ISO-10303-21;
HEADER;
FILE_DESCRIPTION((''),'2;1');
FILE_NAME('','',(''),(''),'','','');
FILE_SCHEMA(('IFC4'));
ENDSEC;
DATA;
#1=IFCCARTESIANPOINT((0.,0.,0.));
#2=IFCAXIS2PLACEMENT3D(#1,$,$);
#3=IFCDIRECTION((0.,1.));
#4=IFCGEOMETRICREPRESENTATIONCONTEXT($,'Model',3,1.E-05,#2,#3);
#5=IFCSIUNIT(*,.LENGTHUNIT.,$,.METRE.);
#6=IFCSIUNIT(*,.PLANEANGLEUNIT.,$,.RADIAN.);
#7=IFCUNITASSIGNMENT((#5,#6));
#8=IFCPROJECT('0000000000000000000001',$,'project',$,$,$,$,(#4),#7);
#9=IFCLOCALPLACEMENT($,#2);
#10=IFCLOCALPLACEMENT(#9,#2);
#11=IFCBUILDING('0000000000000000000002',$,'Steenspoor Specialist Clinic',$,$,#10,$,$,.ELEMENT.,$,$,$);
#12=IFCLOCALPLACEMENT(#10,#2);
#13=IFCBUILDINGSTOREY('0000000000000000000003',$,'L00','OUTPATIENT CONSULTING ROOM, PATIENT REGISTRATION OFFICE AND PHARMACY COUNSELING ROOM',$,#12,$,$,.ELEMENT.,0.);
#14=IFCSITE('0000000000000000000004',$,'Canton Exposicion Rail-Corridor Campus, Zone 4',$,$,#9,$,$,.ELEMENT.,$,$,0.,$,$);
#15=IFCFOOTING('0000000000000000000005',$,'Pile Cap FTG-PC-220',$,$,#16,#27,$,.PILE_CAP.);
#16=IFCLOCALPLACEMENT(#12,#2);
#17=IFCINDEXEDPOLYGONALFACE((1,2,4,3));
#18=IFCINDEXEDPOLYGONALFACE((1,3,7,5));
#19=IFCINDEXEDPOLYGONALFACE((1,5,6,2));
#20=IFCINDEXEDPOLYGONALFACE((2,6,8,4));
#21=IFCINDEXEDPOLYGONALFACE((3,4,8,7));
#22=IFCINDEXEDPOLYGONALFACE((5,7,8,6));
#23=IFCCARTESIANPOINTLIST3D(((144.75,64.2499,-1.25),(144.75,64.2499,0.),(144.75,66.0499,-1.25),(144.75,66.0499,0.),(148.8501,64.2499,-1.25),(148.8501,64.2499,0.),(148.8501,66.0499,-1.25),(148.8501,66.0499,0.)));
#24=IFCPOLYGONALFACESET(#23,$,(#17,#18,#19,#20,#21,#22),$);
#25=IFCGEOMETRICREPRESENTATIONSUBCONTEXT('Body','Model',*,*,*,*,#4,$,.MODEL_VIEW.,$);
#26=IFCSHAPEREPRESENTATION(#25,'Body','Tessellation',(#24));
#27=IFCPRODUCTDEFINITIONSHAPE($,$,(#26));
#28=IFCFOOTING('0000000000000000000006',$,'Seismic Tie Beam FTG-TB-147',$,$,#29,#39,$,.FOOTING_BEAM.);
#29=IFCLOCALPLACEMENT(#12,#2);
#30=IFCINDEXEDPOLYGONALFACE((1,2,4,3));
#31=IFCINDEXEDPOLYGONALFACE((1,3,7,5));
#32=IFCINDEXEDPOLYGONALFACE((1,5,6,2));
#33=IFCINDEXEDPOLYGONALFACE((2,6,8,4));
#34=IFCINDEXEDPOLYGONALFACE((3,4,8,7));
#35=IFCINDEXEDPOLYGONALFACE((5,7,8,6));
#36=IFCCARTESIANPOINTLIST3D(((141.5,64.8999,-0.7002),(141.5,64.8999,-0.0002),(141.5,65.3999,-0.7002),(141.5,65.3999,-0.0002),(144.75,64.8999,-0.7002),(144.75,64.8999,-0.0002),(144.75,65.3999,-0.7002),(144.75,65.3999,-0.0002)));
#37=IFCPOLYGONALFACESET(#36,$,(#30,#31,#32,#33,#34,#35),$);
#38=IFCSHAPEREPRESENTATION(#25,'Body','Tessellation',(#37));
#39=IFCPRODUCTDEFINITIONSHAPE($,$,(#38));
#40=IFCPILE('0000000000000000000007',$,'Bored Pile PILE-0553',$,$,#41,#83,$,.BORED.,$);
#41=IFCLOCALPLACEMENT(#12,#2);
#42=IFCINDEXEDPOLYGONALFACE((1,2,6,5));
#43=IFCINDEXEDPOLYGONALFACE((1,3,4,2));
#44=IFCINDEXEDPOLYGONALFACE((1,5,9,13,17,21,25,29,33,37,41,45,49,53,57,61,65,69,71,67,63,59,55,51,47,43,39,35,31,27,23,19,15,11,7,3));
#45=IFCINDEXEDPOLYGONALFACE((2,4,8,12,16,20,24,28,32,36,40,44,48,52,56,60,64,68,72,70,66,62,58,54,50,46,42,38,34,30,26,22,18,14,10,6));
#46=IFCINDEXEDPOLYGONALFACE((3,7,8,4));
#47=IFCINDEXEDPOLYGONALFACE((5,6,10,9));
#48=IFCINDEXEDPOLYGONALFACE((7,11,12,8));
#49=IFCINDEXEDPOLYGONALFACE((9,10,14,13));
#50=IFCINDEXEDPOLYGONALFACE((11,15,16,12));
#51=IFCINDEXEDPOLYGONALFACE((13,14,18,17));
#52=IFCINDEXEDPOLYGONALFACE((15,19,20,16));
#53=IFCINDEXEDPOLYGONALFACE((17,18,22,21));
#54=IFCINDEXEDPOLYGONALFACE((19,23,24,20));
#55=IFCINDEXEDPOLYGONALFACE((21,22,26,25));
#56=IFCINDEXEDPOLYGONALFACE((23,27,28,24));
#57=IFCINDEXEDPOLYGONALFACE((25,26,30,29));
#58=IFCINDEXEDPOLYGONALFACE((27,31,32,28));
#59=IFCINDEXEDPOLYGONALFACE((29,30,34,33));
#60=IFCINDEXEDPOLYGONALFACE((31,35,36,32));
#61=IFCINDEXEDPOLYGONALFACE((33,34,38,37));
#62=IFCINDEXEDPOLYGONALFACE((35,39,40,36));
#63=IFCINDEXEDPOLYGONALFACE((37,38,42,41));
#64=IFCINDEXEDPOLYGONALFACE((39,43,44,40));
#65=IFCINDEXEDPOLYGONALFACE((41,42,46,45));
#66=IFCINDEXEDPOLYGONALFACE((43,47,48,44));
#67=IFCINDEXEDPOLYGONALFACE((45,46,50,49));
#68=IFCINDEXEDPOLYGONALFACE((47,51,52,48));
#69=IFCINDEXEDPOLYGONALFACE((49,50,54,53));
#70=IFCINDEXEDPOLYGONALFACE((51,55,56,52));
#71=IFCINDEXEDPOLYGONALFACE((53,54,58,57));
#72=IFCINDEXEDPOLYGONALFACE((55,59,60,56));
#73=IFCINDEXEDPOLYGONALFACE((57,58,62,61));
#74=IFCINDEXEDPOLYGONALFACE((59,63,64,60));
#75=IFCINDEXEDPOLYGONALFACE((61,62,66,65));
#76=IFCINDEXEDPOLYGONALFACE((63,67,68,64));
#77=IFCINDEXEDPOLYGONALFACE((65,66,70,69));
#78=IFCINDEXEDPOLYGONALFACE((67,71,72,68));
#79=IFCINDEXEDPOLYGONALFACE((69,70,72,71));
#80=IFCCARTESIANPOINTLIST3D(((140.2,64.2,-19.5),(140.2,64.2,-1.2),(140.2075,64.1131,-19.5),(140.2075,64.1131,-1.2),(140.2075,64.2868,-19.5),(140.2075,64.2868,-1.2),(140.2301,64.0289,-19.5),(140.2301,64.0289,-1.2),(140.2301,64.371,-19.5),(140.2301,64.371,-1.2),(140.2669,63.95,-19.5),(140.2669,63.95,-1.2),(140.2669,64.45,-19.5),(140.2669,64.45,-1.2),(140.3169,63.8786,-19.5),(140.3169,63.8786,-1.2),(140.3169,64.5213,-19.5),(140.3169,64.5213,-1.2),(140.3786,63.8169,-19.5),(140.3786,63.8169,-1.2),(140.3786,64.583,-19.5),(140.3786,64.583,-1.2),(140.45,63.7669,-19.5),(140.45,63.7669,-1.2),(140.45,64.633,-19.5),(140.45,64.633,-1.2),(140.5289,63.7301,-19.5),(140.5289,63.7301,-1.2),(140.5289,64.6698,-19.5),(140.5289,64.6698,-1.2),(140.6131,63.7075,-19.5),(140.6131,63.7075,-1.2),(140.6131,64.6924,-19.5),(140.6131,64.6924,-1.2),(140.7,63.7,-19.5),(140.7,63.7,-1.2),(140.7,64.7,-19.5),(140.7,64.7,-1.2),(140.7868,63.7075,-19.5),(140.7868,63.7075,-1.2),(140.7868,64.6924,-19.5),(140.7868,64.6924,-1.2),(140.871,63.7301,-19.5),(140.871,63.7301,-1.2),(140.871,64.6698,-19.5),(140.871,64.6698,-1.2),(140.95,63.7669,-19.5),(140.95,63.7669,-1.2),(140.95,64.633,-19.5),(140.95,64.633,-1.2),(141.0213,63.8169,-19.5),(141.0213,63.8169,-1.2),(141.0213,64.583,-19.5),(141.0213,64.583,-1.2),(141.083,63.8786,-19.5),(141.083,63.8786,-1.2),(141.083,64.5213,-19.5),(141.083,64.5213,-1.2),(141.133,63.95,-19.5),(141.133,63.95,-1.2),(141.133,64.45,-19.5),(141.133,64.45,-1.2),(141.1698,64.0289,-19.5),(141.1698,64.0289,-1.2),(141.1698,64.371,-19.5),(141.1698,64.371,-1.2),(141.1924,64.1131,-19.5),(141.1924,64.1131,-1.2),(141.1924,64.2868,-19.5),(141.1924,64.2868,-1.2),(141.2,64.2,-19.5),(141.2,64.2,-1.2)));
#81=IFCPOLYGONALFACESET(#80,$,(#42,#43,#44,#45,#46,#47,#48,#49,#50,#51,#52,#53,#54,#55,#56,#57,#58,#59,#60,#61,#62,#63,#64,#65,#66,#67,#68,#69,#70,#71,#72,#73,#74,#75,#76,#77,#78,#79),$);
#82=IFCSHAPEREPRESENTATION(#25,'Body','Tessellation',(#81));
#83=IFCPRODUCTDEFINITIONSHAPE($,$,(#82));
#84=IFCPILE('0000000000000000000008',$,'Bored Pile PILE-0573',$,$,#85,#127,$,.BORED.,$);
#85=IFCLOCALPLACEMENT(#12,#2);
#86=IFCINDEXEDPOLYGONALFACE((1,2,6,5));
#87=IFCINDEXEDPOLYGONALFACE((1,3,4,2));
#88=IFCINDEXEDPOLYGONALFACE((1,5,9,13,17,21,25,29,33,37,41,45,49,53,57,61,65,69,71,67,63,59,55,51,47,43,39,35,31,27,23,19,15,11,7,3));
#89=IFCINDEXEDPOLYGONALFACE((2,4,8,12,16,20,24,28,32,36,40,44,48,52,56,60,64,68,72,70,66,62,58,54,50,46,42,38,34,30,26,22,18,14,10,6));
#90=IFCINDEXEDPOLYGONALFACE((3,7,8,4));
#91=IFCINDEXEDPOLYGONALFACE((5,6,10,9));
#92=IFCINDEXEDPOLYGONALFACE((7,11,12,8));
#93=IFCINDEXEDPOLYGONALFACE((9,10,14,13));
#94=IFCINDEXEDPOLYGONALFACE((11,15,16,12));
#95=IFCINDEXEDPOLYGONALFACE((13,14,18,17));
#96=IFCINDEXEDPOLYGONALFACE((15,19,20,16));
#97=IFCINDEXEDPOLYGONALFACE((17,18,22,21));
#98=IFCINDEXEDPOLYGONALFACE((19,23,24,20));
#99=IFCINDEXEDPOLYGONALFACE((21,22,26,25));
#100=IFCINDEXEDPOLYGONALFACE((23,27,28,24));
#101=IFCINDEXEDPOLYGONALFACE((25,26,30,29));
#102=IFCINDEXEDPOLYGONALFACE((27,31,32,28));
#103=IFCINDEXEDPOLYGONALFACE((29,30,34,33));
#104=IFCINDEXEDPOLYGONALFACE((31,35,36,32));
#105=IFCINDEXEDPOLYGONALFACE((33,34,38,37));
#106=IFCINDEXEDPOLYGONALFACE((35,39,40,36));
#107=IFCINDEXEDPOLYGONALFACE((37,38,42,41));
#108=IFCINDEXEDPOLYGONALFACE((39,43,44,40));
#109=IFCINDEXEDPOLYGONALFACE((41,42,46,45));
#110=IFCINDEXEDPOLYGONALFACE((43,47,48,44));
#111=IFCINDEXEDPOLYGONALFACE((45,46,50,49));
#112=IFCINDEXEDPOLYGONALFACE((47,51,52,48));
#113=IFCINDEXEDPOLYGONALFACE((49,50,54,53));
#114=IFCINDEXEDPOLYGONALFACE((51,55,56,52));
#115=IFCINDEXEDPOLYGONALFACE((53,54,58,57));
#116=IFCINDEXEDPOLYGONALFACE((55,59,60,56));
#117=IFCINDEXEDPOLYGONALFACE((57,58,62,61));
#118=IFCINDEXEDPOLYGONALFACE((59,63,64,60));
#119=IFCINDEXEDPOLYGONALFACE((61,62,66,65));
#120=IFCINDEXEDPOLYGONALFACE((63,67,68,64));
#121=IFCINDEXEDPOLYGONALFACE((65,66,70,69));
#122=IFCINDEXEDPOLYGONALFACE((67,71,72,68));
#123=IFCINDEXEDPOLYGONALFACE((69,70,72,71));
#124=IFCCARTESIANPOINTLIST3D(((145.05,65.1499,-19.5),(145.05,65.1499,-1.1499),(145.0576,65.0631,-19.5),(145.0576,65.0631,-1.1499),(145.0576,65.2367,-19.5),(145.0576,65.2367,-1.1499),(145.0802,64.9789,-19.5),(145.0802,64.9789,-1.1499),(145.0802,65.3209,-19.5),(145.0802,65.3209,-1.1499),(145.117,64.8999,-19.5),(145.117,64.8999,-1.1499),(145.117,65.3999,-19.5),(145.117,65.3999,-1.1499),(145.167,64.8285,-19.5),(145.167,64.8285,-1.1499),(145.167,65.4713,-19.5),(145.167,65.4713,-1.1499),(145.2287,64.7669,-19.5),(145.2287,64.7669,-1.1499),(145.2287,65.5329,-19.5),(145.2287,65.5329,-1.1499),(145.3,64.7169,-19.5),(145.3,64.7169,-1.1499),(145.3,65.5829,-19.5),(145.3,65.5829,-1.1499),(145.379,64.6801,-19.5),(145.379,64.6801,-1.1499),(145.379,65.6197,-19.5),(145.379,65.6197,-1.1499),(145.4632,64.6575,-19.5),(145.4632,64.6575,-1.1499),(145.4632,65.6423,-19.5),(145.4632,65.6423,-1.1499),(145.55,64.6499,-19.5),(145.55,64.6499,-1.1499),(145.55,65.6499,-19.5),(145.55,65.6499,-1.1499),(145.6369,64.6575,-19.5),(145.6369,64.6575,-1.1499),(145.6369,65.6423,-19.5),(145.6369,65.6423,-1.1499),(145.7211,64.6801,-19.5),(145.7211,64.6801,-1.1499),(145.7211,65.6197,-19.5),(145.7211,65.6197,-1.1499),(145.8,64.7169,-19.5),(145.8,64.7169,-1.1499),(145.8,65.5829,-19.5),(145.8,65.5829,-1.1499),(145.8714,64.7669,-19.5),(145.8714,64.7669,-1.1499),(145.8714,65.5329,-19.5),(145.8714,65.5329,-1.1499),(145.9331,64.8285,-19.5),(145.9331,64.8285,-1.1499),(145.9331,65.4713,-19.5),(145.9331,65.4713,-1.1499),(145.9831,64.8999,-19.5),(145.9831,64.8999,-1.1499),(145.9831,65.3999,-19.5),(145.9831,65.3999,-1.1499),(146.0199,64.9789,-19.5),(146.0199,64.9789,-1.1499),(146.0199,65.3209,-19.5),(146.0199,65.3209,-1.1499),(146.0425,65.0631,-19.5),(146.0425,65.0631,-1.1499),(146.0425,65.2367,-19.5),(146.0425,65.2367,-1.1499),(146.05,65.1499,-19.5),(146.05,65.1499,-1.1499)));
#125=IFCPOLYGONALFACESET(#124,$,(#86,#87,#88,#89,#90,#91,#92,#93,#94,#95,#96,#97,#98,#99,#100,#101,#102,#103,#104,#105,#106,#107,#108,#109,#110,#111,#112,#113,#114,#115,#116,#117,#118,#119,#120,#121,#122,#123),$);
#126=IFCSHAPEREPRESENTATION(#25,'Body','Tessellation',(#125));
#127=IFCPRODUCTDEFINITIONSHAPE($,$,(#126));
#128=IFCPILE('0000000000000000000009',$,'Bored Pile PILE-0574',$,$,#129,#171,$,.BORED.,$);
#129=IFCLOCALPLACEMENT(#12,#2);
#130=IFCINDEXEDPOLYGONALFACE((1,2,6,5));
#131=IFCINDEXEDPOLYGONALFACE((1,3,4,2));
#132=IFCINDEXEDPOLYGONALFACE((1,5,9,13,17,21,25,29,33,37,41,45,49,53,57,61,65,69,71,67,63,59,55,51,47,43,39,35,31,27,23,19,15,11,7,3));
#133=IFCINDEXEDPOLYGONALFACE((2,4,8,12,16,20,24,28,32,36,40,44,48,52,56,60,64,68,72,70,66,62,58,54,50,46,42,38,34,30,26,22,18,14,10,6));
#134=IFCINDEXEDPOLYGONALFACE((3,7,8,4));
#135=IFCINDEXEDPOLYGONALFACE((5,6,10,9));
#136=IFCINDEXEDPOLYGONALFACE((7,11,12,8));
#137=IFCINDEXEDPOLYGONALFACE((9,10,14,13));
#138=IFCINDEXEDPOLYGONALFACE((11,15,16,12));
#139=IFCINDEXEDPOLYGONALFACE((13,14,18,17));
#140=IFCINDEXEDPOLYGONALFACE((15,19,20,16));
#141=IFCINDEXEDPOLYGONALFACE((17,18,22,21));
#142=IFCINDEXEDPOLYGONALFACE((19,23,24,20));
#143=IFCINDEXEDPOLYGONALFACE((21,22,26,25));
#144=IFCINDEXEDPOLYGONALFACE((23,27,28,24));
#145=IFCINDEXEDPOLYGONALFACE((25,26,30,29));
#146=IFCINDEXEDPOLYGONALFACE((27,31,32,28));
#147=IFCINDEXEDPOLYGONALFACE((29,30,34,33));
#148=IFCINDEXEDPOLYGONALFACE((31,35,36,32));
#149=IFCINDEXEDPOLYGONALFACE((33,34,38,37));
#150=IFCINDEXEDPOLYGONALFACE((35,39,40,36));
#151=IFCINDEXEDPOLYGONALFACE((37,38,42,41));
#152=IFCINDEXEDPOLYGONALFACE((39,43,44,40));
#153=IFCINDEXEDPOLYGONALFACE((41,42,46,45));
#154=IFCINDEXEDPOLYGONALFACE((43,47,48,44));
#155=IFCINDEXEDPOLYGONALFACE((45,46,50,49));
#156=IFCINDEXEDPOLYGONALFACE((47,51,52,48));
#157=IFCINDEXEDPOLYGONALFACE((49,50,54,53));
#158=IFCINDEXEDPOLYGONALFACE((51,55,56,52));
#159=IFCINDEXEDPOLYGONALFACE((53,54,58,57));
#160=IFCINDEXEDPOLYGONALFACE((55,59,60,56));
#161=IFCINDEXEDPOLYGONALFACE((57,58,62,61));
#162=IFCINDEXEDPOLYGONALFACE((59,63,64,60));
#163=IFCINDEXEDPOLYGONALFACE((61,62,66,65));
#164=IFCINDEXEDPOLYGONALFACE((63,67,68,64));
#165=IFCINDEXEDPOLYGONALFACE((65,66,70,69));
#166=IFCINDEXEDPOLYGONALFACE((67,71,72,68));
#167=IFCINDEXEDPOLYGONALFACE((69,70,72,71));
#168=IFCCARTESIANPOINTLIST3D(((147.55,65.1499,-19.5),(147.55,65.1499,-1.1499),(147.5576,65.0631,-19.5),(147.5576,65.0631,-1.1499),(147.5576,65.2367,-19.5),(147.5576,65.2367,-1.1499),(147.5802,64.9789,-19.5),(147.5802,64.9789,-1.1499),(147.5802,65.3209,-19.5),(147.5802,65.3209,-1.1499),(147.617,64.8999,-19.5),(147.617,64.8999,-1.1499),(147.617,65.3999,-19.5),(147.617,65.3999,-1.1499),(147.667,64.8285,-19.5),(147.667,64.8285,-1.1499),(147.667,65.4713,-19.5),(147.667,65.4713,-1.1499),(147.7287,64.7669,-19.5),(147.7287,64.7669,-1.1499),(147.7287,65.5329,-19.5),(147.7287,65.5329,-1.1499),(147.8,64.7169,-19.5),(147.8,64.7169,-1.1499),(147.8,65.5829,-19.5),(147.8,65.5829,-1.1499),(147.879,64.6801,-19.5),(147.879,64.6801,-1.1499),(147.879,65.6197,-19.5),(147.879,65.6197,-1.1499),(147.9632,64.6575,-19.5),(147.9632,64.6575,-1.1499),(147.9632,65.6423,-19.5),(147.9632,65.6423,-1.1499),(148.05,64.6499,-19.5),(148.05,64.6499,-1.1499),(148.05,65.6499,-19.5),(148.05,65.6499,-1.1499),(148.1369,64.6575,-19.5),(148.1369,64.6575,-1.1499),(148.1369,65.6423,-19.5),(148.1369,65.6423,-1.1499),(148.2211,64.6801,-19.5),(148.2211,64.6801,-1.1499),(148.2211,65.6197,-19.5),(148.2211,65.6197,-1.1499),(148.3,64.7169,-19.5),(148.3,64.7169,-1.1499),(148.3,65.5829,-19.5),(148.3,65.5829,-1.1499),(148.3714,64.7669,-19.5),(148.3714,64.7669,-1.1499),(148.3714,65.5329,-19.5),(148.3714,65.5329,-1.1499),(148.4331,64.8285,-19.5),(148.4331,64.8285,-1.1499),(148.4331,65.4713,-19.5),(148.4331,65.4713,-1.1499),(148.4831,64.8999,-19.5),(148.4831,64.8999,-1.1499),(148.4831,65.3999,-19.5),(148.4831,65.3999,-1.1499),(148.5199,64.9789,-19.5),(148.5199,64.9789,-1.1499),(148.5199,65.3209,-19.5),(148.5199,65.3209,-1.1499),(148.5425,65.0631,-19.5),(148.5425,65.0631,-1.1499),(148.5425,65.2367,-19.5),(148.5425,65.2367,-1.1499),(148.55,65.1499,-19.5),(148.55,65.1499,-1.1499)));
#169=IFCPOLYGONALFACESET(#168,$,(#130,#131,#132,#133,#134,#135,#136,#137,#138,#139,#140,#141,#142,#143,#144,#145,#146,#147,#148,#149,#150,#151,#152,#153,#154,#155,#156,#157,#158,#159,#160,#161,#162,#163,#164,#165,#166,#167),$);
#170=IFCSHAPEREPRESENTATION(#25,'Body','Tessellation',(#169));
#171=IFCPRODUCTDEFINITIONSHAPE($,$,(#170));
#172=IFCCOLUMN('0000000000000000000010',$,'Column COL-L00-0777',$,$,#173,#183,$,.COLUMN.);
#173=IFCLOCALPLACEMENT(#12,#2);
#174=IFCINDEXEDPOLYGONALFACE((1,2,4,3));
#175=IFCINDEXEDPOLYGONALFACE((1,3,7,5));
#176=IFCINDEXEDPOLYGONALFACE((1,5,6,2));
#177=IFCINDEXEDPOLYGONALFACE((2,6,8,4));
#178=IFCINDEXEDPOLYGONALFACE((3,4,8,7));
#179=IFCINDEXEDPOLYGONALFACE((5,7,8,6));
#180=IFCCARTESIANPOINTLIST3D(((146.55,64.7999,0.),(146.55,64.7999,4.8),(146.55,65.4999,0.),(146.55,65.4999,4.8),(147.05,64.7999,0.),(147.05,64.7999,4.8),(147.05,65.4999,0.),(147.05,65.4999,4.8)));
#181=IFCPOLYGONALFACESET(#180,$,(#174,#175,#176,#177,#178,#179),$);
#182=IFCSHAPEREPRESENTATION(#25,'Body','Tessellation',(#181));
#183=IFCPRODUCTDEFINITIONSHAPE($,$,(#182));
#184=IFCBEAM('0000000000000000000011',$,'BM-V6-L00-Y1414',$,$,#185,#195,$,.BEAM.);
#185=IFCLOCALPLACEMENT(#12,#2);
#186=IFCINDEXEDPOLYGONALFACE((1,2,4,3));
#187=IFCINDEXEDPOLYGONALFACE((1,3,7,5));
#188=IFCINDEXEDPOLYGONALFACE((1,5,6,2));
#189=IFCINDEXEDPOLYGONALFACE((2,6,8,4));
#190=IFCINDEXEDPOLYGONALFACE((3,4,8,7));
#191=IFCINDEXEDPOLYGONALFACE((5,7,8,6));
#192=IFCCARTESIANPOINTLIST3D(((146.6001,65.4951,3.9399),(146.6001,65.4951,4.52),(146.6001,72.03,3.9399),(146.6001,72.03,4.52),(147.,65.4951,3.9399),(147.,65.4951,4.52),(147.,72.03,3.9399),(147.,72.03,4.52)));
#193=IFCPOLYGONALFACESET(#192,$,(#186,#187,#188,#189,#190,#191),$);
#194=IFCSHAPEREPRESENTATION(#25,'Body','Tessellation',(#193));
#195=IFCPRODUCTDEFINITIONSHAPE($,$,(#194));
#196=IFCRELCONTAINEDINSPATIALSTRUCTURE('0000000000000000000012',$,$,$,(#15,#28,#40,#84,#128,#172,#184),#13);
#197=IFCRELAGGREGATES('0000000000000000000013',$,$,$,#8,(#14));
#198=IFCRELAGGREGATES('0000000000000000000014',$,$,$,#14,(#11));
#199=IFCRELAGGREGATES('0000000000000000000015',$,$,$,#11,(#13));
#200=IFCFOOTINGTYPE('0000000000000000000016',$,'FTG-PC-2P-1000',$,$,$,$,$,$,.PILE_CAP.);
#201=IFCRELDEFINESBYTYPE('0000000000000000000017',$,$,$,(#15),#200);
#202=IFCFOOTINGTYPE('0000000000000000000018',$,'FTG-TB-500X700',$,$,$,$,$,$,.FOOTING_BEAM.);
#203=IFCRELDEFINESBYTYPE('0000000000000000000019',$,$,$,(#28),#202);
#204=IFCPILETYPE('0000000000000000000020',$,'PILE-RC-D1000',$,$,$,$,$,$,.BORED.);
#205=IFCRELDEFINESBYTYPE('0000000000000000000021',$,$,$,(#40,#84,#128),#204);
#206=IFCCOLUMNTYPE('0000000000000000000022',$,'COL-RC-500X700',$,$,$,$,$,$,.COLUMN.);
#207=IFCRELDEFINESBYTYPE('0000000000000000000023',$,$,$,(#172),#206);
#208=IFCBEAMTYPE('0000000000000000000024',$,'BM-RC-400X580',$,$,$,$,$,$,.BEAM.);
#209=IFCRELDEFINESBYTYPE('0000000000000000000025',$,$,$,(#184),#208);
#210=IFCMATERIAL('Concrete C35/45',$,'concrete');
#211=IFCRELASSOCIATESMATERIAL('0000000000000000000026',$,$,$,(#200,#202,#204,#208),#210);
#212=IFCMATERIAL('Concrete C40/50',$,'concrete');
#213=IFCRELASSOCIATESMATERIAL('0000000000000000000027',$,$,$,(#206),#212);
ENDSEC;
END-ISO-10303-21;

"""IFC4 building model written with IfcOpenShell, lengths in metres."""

from ifc_helpers import new_model, si_unit, direction, frame, origin, origin_2d, place, context, subcontext, project, spatial, rectangle, circle, extrude, material, material_profile, profile_set, type_object, element, save


model = new_model("IFC4")

# Units and contexts
model_context = context("Model", 3, precision=1e-05, world=origin(), true_north=direction((0.0, 1.0)))
body_context = subcontext(model_context, "Body", "Model", "MODEL_VIEW")
ifc_project = project(units=[si_unit("LENGTHUNIT", "METRE"), si_unit("PLANEANGLEUNIT", "RADIAN")], contexts=[model_context])

# Site, building, storey
site_placement = place(None, origin())
site = spatial("IfcSite", under=ifc_project, at=site_placement, Name="Canton Exposicion Rail-Corridor Campus, Zone 4", CompositionType="ELEMENT", RefElevation=0.0)
building_placement = place(site_placement, origin())
building = spatial("IfcBuilding", under=site, at=building_placement, Name="Steenspoor Specialist Clinic", CompositionType="ELEMENT")
storey_placement = place(building_placement, origin())
storey = spatial("IfcBuildingStorey", under=building, at=storey_placement, Name="L00", Description="OUTPATIENT CONSULTING ROOM, PATIENT REGISTRATION OFFICE AND PHARMACY COUNSELING ROOM", CompositionType="ELEMENT", Elevation=0.0)

# Footings
ifc_material_1 = material(Name="Concrete C35/45", Category="concrete")
footing_type_1 = type_object("IfcFootingType", Name="FTG-PC-2P-1000", PredefinedType="PILE_CAP", material=ifc_material_1)
footing_1_placement = place(storey_placement, frame((146.8, 65.1499, -1.25), z_axis=(0.0, 0.0, 1.0), x_axis=(1.0, 0.0, 0.0)))
element("IfcFooting", 1, at=footing_1_placement, inside=storey, type_object=footing_type_1, Name="Pile Cap FTG-PC-220", PredefinedType="PILE_CAP", context=body_context, shape_type="SweptSolid", body=[
    extrude(rectangle(XDim=4.1001, YDim=1.8, at=origin_2d()), origin(), (0.0, 0.0, 1.0), 1.25),
])
footing_type_2 = type_object("IfcFootingType", Name="FTG-TB-500X700", PredefinedType="FOOTING_BEAM", material=ifc_material_1)
footing_2_placement = place(storey_placement, frame((143.125, 65.1499, -0.7002), z_axis=(0.0, 0.0, 1.0), x_axis=(1.0, 0.0, 0.0)))
element("IfcFooting", 2, at=footing_2_placement, inside=storey, type_object=footing_type_2, Name="Seismic Tie Beam FTG-TB-147", PredefinedType="FOOTING_BEAM", context=body_context, shape_type="SweptSolid", body=[
    extrude(rectangle(XDim=3.25, YDim=0.5, at=origin_2d()), origin(), (0.0, 0.0, 1.0), 0.7),
])

# Piles
ifc_material_profile_1 = material_profile(ifc_material_1, circle(Radius=0.5, at=origin_2d()), Name="PILE-D1000")
ifc_profile_set_1 = profile_set([ifc_material_profile_1], Name="Concrete C35/45")
pile_type = type_object("IfcPileType", Name="PILE-RC-D1000", PredefinedType="BORED", material=ifc_profile_set_1)
pile_placement = place(storey_placement, frame((140.7, 64.2, -1.2), z_axis=(0.0, 0.0, -1.0), x_axis=(1.0, 0.0, 0.0)))
element("IfcPile", 3, at=pile_placement, inside=storey, type_object=pile_type, Name="Bored Pile PILE-0553", PredefinedType="BORED", context=body_context, shape_type="SweptSolid", body=[
    extrude(circle(Radius=0.5, at=origin_2d()), origin(), (0.0, 0.0, 1.0), 18.3),
])
for number, where, z_axis, x_axis, name in (
    (4, (145.55, 65.1499, -1.1499), (0.0, 0.0, -1.0), (1.0, 0.0, 0.0), "Bored Pile PILE-0573"),
    (5, (148.05, 65.1499, -1.1499), (0.0, 0.0, -1.0), (1.0, 0.0, 0.0), "Bored Pile PILE-0574"),
):
    element("IfcPile", number, at=place(storey_placement, frame(where, z_axis=z_axis, x_axis=x_axis)), inside=storey, type_object=pile_type, Name=name, PredefinedType="BORED", context=body_context, shape_type="SweptSolid", body=[
        extrude(circle(Radius=0.5, at=origin_2d()), origin(), (0.0, 0.0, 1.0), 18.3501),
    ])

# Column
ifc_material_2 = material(Name="Concrete C40/50", Category="concrete")
ifc_material_profile_2 = material_profile(ifc_material_2, rectangle(XDim=0.5, YDim=0.7, at=origin_2d()), Name="RC-COL-500X700")
ifc_profile_set_2 = profile_set([ifc_material_profile_2], Name="Concrete C40/50")
column_type = type_object("IfcColumnType", Name="COL-RC-500X700", PredefinedType="COLUMN", material=ifc_profile_set_2)
column_placement = place(storey_placement, frame((146.8, 65.1499, 0.0), z_axis=(0.0, 0.0, 1.0), x_axis=(1.0, 0.0, 0.0)))
element("IfcColumn", 6, at=column_placement, inside=storey, type_object=column_type, Name="Column COL-L00-0777", PredefinedType="COLUMN", context=body_context, shape_type="SweptSolid", body=[
    extrude(rectangle(XDim=0.5, YDim=0.7, at=origin_2d()), origin(), (0.0, 0.0, 1.0), 4.8),
])

# Beam
ifc_material_profile_3 = material_profile(ifc_material_1, rectangle(XDim=0.3999, YDim=0.5801, at=origin_2d()), Name="RC-BM-400X580")
ifc_profile_set_3 = profile_set([ifc_material_profile_3], Name="Concrete C35/45")
beam_type_1 = type_object("IfcBeamType", Name="BM-RC-400X580", PredefinedType="BEAM", material=ifc_profile_set_3)
beam_1_placement = place(storey_placement, frame((146.8, 65.4951, 4.23), z_axis=(0.0, 1.0, 0.0), x_axis=(-1.0, 0.0, 0.0)))
element("IfcBeam", 7, at=beam_1_placement, inside=storey, type_object=beam_type_1, Name="BM-V6-L00-Y1414", PredefinedType="BEAM", context=body_context, shape_type="SweptSolid", body=[
    extrude(rectangle(XDim=0.3999, YDim=0.5801, at=origin_2d()), origin(), (0.0, 0.0, 1.0), 6.5349),
])

save(model, "model.ifc")
